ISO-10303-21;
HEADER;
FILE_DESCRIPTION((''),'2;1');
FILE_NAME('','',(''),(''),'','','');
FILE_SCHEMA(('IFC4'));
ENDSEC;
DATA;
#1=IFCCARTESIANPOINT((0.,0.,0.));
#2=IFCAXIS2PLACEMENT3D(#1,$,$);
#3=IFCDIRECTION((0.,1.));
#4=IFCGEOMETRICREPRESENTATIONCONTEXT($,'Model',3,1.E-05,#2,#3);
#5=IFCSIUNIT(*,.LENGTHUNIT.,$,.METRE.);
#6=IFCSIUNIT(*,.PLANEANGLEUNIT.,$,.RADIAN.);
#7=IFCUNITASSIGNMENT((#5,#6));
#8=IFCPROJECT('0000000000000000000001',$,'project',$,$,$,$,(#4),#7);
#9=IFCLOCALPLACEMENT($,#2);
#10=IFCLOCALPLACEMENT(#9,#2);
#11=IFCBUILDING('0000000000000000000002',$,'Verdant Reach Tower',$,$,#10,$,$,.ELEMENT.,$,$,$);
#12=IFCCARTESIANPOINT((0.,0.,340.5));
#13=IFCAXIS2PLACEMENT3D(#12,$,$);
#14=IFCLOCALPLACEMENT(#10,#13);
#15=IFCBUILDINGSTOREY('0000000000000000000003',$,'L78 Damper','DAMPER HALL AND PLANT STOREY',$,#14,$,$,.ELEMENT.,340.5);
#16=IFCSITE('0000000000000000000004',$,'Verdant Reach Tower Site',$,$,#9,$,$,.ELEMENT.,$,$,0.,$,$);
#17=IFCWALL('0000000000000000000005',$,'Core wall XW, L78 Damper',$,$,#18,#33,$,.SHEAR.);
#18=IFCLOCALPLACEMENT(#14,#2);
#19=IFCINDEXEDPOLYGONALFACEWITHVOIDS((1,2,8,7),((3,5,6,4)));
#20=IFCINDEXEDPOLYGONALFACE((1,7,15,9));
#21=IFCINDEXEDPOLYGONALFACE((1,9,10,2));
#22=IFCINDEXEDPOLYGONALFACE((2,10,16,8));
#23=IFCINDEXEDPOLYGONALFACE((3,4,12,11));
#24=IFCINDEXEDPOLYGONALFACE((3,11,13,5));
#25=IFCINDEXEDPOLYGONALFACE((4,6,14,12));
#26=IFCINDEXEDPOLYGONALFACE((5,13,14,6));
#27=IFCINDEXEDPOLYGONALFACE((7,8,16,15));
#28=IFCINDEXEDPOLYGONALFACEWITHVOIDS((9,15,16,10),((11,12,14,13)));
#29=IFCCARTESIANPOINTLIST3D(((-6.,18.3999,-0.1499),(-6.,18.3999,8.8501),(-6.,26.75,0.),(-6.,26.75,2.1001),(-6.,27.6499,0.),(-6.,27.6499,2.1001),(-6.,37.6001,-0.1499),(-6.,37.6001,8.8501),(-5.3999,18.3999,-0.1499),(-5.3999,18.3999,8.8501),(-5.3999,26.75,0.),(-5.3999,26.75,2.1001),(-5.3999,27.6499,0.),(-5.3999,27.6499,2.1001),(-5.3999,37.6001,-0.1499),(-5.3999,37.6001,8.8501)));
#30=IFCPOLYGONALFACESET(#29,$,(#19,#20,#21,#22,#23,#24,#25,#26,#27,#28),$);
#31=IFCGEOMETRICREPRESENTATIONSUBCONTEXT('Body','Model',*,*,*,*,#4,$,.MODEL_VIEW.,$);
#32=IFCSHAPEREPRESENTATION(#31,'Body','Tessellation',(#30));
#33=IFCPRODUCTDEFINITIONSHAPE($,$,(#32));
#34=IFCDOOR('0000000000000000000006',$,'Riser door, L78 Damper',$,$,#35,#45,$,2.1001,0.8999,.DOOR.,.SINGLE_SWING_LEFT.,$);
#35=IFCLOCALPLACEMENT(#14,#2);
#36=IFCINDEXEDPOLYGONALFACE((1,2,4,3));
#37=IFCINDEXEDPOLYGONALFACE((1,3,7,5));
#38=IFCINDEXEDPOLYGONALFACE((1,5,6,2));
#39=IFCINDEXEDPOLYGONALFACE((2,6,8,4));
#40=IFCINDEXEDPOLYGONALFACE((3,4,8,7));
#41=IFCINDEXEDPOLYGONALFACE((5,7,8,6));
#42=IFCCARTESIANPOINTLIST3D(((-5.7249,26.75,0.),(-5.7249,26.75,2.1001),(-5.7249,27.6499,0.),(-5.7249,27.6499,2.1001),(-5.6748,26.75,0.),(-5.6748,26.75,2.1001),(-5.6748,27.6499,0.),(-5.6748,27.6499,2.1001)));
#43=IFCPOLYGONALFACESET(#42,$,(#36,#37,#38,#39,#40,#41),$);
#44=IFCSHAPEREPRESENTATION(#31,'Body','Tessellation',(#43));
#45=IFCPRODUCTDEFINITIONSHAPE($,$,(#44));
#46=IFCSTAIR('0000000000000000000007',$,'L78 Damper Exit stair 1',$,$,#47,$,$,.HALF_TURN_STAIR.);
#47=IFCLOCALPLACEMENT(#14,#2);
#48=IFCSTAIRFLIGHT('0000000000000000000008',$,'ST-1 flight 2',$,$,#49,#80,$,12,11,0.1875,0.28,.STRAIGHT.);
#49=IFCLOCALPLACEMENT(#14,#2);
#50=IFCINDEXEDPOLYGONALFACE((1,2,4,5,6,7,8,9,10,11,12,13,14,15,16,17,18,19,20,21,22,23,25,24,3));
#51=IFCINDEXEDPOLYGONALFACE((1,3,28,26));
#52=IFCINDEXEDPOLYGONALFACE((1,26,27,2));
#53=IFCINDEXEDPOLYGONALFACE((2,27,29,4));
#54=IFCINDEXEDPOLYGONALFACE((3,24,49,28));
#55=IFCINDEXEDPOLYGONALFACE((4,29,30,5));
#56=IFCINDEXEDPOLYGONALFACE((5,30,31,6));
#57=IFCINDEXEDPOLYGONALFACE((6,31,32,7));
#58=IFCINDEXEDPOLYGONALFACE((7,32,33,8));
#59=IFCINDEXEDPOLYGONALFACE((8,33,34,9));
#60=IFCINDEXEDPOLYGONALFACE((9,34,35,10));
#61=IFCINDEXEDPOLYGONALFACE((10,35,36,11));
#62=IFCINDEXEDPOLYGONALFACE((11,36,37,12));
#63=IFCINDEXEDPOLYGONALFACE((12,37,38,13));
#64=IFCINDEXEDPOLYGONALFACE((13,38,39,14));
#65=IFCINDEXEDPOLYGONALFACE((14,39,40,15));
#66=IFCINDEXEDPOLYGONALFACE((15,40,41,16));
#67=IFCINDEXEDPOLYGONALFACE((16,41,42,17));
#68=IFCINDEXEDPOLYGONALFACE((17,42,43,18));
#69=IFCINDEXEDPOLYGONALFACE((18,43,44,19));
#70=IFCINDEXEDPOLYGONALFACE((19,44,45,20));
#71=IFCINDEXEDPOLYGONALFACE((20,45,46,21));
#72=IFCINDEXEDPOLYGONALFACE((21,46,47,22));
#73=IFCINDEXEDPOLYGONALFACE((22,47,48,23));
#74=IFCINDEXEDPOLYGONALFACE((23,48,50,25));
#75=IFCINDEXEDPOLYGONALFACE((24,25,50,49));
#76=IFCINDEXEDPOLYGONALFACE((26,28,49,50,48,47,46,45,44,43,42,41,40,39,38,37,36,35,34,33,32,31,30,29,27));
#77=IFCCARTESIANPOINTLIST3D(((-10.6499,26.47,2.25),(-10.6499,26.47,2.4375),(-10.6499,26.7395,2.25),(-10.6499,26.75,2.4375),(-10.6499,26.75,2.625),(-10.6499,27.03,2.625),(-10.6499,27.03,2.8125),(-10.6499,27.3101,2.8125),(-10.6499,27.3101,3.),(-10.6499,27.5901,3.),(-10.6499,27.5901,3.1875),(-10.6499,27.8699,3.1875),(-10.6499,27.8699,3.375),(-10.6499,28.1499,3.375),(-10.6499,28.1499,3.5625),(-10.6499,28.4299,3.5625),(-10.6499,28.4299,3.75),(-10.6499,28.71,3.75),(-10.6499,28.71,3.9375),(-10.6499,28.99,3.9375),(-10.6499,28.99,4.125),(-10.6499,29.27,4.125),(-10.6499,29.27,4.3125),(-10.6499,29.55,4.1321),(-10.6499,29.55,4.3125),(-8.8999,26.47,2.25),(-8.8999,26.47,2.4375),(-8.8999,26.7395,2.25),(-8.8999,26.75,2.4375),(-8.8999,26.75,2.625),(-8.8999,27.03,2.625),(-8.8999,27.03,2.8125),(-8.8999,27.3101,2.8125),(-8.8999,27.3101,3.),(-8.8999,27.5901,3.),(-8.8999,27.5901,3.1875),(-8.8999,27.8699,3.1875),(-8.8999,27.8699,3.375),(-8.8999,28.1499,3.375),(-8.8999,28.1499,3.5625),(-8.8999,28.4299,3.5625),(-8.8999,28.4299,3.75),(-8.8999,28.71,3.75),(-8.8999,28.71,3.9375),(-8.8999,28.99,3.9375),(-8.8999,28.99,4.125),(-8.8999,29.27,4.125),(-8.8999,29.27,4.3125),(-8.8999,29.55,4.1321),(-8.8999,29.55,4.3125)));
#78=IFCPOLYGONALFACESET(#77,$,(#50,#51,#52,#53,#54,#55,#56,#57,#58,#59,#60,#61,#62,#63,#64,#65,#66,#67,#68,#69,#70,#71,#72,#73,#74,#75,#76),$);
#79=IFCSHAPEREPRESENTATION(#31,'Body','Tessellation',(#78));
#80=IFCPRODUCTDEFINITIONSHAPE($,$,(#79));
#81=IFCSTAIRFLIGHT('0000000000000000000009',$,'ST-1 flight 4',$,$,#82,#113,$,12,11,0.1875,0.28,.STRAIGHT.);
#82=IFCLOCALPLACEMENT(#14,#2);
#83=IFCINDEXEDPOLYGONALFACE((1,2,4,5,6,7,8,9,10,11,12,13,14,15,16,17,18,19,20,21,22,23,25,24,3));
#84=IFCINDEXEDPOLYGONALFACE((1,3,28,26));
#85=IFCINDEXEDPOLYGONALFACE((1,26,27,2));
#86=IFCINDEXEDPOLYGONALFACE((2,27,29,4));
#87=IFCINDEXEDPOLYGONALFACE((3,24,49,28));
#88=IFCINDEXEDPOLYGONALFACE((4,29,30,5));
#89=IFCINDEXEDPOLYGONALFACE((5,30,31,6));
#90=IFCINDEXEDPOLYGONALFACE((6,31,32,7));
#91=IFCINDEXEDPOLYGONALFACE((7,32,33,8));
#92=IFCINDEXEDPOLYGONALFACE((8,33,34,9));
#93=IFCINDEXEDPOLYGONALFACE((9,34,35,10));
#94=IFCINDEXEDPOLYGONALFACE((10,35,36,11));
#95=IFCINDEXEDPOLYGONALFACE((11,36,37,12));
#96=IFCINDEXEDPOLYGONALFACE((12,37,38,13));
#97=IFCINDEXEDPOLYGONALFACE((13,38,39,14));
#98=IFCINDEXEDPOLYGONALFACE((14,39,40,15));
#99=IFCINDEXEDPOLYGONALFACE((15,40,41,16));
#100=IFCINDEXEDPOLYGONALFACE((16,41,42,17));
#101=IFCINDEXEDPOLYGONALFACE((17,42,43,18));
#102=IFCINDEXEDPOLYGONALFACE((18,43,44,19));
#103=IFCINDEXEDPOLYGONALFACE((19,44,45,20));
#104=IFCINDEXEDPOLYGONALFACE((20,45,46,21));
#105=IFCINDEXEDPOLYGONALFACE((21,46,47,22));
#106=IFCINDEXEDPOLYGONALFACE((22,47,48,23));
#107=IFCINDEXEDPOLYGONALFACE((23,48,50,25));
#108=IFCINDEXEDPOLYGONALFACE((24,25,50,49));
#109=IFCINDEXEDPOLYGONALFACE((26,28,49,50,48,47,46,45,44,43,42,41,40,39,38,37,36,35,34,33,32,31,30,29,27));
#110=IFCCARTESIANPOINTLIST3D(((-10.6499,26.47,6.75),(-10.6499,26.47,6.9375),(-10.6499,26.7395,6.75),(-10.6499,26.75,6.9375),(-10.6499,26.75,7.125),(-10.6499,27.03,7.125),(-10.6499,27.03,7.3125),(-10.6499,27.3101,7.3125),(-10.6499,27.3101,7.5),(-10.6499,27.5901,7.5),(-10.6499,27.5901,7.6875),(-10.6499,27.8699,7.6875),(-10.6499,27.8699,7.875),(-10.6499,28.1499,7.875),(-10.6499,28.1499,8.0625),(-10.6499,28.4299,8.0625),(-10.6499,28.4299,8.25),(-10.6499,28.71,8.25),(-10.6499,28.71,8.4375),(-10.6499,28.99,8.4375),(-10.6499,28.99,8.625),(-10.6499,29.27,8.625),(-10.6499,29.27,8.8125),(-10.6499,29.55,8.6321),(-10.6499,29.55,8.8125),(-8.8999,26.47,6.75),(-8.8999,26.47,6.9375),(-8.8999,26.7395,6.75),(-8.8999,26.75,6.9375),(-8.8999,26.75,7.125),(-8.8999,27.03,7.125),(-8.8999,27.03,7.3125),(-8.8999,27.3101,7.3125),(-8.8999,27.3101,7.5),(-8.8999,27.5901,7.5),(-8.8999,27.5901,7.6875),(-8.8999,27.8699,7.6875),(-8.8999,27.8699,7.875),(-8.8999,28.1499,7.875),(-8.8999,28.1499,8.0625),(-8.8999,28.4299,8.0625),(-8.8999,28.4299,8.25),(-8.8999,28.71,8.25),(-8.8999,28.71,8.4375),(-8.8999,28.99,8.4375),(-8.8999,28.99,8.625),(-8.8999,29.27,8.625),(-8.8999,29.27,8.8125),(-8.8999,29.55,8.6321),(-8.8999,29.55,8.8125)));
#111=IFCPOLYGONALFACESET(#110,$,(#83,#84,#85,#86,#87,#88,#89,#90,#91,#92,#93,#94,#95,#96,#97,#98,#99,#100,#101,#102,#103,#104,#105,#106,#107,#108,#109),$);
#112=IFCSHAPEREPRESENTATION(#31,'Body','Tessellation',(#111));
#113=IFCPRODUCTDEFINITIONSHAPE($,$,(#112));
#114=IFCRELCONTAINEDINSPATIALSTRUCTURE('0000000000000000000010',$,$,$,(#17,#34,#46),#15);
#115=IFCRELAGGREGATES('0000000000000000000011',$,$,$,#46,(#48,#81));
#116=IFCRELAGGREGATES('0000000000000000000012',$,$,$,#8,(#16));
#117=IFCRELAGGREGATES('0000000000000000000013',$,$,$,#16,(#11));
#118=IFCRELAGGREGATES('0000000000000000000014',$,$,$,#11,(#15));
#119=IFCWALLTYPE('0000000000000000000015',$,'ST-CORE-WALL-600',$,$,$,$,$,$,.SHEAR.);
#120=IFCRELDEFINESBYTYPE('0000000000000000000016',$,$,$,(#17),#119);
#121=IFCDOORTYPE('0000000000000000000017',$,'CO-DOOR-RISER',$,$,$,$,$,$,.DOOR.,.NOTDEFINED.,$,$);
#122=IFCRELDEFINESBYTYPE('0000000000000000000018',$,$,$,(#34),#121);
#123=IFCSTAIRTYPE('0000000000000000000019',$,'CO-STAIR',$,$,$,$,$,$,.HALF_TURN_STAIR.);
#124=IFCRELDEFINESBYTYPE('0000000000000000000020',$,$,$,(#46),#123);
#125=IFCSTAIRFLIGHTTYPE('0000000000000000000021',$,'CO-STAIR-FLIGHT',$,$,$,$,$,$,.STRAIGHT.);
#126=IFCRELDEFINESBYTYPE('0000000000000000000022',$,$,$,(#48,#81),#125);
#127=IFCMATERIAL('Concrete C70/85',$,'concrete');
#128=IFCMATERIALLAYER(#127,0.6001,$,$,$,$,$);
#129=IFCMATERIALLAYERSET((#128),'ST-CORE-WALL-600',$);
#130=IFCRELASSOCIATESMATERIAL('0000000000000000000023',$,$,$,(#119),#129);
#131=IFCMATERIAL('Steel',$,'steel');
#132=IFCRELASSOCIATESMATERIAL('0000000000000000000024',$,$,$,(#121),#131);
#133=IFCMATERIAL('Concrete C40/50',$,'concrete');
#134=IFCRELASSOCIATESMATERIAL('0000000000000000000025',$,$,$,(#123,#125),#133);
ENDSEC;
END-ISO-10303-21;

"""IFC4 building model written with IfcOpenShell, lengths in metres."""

from ifc_helpers import new_model, si_unit, direction, frame, frame_2d, origin, place, context, subcontext, project, spatial, polyline, rectangle, outline, extrude, material, layer, layer_set, type_object, element, fill, aggregate, save


model = new_model("IFC4")

# Units and contexts
model_context = context("Model", 3, precision=1e-05, world=origin(), true_north=direction((0.0, 1.0)))
body_context = subcontext(model_context, "Body", "Model", "MODEL_VIEW")
ifc_project = project(units=[si_unit("LENGTHUNIT", "METRE"), si_unit("PLANEANGLEUNIT", "RADIAN")], contexts=[model_context])

# Site, building, storey
site_placement = place(None, origin())
site = spatial("IfcSite", under=ifc_project, at=site_placement, Name="Verdant Reach Tower Site", CompositionType="ELEMENT", RefElevation=0.0)
building_placement = place(site_placement, origin())
building = spatial("IfcBuilding", under=site, at=building_placement, Name="Verdant Reach Tower", CompositionType="ELEMENT")
storey_placement = place(building_placement, frame((0.0, 0.0, 340.5)))
storey = spatial("IfcBuildingStorey", under=building, at=storey_placement, Name="L78 Damper", Description="DAMPER HALL AND PLANT STOREY", CompositionType="ELEMENT", Elevation=340.5)

# Shared definitions
ifc_material_1 = material(Name="Concrete C40/50", Category="concrete")

# Shared definitions
ifc_material_2 = material(Name="Concrete C70/85", Category="concrete")
ifc_layer_1 = layer(ifc_material_2, 0.6001)
ifc_layer_set_1 = layer_set([ifc_layer_1], Name="ST-CORE-WALL-600")
wall_type_1 = type_object("IfcWallType", Name="ST-CORE-WALL-600", PredefinedType="SHEAR", material=ifc_layer_set_1)
ifc_material_3 = material(Name="Steel", Category="steel")

# Wall, opening, door
wall_1_placement = place(storey_placement, frame((-5.7, 18.3999, -0.1499), z_axis=(0.0, 0.0, 1.0), x_axis=(0.0, 1.0, 0.0)))
wall_1 = element("IfcWall", 1, at=wall_1_placement, inside=storey, type_object=wall_type_1, Name="Core wall XW, L78 Damper", PredefinedType="SHEAR", context=body_context, shape_type="SweptSolid", body=[
    extrude(rectangle(XDim=19.2002, YDim=0.6001, at=frame_2d((9.6001, 0.0))), origin(), (0.0, 0.0, 1.0), 9.0),
])
opening_1_placement = place(wall_1_placement, frame((8.3501, 0.0, 0.1499)))
opening_1 = element("IfcOpeningElement", 2, at=opening_1_placement, cuts=wall_1, PredefinedType="OPENING", context=body_context, shape_type="SweptSolid", body=[
    extrude(rectangle(XDim=0.8999, YDim=2.1001, at=frame_2d((0.45, 1.05))), frame((0.0, 0.3101, 0.0), z_axis=(0.0, -1.0, 0.0), x_axis=(1.0, 0.0, 0.0)), (0.0, 0.0, 1.0), 0.6201),
])
door_type_1 = type_object("IfcDoorType", Name="CO-DOOR-RISER", OperationType="NOTDEFINED", PredefinedType="DOOR", material=ifc_material_3)
door_1_placement = place(opening_1_placement, origin())
door_1 = element("IfcDoor", 3, at=door_1_placement, inside=storey, type_object=door_type_1, Name="Riser door, L78 Damper", OperationType="SINGLE_SWING_LEFT", OverallHeight=2.1001, OverallWidth=0.8999, PredefinedType="DOOR", context=body_context, shape_type="SweptSolid", body=[
    extrude(rectangle(XDim=0.8999, YDim=2.1001, at=frame_2d((0.45, 1.05))), frame((0.0, 0.0249, 0.0), z_axis=(0.0, -1.0, 0.0), x_axis=(1.0, 0.0, 0.0)), (0.0, 0.0, 1.0), 0.05),
])
fill(opening_1, door_1)

# Stair, stair flights
stair_type = type_object("IfcStairType", Name="CO-STAIR", PredefinedType="HALF_TURN_STAIR", material=ifc_material_1)
stair_placement = place(storey_placement, origin())
stair = element("IfcStair", 4, at=stair_placement, inside=storey, type_object=stair_type, Name="L78 Damper Exit stair 1", PredefinedType="HALF_TURN_STAIR")
stair_flight_type = type_object("IfcStairFlightType", Name="CO-STAIR-FLIGHT", PredefinedType="STRAIGHT", material=ifc_material_1)
stair_flight_1_placement = place(storey_placement, frame((-9.7749, 26.47, 2.25), z_axis=(0.0, 0.0, 1.0), x_axis=(0.0, 1.0, 0.0)))
stair_flight_1 = element("IfcStairFlight", 5, at=stair_flight_1_placement, type_object=stair_flight_type, Name="ST-1 flight 2", NumberOfRisers=12, NumberOfTreads=11, PredefinedType="STRAIGHT", RiserHeight=0.1875, TreadLength=0.28, context=body_context, shape_type="SweptSolid", body=[
    extrude(outline(polyline([(0.0, 0.0), (0.0, 0.1875), (0.28, 0.1875), (0.28, 0.375), (0.5601, 0.375), (0.5601, 0.5625), (0.8401, 0.5625), (0.8401, 0.75), (1.1201, 0.75), (1.1201, 0.9375), (1.3999, 0.9375), (1.3999, 1.125), (1.6799, 1.125), (1.6799, 1.3125), (1.96, 1.3125), (1.96, 1.5), (2.24, 1.5), (2.24, 1.6875), (2.52, 1.6875), (2.52, 1.875), (2.8, 1.875), (2.8, 2.0625), (3.0801, 2.0625), (3.0801, 2.25), (3.0801, 1.8821), (0.2695, 0.0), (0.0, 0.0)])), frame((0.0, 0.875, 0.0), z_axis=(0.0, -1.0, 0.0), x_axis=(1.0, 0.0, 0.0)), (0.0, 0.0, 1.0), 1.75),
])
stair_flight_2_placement = place(storey_placement, frame((-9.7749, 26.47, 6.75), z_axis=(0.0, 0.0, 1.0), x_axis=(0.0, 1.0, 0.0)))
stair_flight_2 = element("IfcStairFlight", 6, at=stair_flight_2_placement, type_object=stair_flight_type, Name="ST-1 flight 4", NumberOfRisers=12, NumberOfTreads=11, PredefinedType="STRAIGHT", RiserHeight=0.1875, TreadLength=0.28, context=body_context, shape_type="SweptSolid", body=[
    extrude(outline(polyline([(0.0, 0.0), (0.0, 0.1875), (0.28, 0.1875), (0.28, 0.375), (0.5601, 0.375), (0.5601, 0.5625), (0.8401, 0.5625), (0.8401, 0.75), (1.1201, 0.75), (1.1201, 0.9375), (1.3999, 0.9375), (1.3999, 1.125), (1.6799, 1.125), (1.6799, 1.3125), (1.96, 1.3125), (1.96, 1.5), (2.24, 1.5), (2.24, 1.6875), (2.52, 1.6875), (2.52, 1.875), (2.8, 1.875), (2.8, 2.0625), (3.0801, 2.0625), (3.0801, 2.25), (3.0801, 1.8821), (0.2695, 0.0), (0.0, 0.0)])), frame((0.0, 0.875, 0.0), z_axis=(0.0, -1.0, 0.0), x_axis=(1.0, 0.0, 0.0)), (0.0, 0.0, 1.0), 1.75),
])
aggregate(stair, [stair_flight_1, stair_flight_2])

save(model, "model.ifc")
